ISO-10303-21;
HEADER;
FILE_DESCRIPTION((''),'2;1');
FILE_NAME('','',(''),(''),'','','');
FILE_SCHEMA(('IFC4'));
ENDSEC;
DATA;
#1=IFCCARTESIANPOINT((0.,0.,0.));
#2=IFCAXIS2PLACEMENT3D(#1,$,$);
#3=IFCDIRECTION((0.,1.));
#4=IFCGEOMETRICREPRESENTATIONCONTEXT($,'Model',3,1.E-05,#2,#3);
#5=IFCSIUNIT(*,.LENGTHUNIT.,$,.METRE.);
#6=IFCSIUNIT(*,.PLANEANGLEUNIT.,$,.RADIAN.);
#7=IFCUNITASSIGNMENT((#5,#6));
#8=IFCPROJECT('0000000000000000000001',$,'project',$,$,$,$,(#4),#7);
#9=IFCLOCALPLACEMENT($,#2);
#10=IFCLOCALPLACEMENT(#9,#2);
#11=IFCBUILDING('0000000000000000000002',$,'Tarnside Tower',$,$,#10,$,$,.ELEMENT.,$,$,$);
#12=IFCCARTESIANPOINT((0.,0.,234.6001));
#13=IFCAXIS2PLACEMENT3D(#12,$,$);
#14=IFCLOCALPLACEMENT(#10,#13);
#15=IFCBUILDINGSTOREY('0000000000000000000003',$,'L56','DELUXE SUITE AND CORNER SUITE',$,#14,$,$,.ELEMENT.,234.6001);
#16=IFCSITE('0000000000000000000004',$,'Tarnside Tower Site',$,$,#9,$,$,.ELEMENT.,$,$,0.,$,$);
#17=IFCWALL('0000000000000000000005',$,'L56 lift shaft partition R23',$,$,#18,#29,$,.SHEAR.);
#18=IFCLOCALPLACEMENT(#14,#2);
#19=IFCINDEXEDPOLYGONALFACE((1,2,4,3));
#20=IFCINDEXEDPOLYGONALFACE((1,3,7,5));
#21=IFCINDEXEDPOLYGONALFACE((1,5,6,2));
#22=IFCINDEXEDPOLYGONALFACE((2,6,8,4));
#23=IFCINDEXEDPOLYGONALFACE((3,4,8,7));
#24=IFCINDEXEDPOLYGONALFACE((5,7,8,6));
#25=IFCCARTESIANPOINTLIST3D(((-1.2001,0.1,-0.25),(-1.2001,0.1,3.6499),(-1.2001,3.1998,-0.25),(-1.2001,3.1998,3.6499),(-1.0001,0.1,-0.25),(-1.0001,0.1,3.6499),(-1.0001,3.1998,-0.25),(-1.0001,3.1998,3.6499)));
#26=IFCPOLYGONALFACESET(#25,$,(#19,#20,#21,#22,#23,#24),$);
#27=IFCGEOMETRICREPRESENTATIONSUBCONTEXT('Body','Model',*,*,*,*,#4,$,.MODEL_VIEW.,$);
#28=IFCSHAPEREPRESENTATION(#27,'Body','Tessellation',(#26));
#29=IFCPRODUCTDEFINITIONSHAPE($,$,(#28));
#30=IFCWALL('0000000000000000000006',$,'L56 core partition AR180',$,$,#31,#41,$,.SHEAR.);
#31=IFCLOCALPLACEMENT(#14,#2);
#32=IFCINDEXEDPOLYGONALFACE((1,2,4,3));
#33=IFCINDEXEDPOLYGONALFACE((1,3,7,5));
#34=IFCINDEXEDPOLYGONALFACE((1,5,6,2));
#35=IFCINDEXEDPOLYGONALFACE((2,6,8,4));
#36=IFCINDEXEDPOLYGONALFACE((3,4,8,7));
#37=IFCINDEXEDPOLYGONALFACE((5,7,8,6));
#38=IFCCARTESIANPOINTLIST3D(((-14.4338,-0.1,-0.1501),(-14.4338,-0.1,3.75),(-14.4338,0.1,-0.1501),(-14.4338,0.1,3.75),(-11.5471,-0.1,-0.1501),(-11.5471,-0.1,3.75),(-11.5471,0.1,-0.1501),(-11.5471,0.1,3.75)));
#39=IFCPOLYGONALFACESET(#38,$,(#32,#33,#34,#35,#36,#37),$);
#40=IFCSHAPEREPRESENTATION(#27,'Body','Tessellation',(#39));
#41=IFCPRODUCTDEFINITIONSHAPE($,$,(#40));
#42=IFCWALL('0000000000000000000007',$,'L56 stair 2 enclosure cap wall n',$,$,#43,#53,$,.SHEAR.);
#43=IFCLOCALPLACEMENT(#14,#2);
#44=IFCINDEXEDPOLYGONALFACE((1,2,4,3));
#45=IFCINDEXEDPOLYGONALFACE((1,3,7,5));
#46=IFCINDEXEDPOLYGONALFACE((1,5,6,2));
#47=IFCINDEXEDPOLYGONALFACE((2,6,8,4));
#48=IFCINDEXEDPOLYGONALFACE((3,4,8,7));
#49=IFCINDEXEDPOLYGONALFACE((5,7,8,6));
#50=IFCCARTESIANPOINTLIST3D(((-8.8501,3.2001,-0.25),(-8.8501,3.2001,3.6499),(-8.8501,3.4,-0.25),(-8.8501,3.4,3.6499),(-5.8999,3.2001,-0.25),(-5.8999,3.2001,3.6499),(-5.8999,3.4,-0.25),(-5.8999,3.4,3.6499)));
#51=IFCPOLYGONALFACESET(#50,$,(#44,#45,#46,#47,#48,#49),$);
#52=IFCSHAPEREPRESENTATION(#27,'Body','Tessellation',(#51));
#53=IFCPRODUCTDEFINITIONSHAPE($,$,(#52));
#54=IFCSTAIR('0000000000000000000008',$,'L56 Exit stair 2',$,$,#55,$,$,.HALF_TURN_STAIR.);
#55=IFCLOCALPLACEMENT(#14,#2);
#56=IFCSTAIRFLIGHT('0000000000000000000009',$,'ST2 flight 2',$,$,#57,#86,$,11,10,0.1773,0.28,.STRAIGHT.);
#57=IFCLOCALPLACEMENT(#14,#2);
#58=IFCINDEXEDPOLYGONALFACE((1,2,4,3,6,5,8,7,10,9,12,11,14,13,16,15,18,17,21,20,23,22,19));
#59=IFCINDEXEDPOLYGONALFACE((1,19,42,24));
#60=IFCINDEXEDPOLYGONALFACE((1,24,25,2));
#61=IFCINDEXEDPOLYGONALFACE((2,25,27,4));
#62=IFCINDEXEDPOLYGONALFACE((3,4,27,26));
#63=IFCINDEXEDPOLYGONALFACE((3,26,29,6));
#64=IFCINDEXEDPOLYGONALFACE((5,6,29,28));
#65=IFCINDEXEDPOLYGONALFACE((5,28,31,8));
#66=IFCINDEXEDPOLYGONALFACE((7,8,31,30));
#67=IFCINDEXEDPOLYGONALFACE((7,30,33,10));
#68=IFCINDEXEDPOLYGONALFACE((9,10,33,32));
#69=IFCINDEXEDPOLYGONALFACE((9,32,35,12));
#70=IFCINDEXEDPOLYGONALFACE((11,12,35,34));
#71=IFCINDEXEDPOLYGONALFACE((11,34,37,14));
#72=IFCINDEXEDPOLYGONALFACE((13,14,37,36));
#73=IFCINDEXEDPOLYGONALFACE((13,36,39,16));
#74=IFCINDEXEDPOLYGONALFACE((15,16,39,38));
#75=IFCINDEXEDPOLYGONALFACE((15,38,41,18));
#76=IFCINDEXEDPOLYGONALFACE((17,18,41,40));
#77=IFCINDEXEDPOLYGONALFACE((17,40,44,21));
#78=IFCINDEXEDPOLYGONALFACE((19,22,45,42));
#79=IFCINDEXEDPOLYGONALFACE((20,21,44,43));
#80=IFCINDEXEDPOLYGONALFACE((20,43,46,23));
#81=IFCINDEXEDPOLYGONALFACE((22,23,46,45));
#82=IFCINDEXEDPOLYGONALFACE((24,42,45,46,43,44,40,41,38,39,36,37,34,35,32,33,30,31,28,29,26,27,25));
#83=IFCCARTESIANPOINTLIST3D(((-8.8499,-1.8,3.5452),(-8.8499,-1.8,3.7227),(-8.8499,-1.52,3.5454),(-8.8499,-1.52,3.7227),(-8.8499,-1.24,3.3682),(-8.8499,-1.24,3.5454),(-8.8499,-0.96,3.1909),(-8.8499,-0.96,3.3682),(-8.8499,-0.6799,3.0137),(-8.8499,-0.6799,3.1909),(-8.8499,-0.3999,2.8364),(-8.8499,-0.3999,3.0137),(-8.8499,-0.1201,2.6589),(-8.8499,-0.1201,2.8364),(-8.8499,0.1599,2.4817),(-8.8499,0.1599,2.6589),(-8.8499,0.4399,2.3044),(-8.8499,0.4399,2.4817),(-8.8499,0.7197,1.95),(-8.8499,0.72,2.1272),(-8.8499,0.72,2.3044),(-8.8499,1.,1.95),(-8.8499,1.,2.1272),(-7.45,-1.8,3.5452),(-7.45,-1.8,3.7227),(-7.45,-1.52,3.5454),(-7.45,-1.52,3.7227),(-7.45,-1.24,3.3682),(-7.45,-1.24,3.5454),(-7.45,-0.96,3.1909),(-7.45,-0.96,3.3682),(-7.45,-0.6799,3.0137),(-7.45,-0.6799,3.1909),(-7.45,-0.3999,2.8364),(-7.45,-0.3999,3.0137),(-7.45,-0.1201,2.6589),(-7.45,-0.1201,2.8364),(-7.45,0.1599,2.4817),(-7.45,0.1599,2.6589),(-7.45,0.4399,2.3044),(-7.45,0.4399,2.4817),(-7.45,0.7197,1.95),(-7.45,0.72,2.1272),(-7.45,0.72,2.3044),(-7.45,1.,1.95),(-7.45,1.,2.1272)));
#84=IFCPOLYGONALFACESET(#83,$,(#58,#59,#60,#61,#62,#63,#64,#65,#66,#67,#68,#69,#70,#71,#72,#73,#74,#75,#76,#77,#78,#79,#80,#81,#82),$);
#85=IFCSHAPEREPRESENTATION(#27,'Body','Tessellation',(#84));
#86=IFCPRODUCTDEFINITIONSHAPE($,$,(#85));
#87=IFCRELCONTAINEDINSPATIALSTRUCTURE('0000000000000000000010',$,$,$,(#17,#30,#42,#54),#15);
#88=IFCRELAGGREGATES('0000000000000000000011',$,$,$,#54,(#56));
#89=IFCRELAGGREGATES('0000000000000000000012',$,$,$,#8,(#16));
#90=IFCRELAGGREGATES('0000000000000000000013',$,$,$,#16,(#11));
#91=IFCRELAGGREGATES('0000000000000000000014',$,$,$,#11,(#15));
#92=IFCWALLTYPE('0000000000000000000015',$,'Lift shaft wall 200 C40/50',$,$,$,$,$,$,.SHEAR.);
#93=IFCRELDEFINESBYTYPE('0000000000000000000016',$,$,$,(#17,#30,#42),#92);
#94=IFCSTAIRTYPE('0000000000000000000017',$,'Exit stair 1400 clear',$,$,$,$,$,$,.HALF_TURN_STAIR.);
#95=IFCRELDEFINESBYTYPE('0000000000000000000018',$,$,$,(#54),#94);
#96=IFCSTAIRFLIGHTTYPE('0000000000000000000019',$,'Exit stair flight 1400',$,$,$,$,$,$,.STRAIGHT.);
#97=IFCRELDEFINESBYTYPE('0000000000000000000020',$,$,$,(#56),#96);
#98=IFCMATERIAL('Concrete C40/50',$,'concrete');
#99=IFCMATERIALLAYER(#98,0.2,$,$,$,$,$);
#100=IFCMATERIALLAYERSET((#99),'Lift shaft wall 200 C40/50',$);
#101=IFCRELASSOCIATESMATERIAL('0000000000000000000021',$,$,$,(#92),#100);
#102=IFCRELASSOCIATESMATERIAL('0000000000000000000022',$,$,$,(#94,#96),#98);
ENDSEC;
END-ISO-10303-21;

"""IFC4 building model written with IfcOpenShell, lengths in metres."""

from ifc_helpers import new_model, si_unit, direction, frame, frame_2d, origin, place, context, subcontext, project, spatial, polyline, rectangle, outline, extrude, material, layer, layer_set, type_object, element, aggregate, save


model = new_model("IFC4")

# Units and contexts
model_context = context("Model", 3, precision=1e-05, world=origin(), true_north=direction((0.0, 1.0)))
body_context = subcontext(model_context, "Body", "Model", "MODEL_VIEW")
ifc_project = project(units=[si_unit("LENGTHUNIT", "METRE"), si_unit("PLANEANGLEUNIT", "RADIAN")], contexts=[model_context])

# Site, building, storey
site_placement = place(None, origin())
site = spatial("IfcSite", under=ifc_project, at=site_placement, Name="Tarnside Tower Site", CompositionType="ELEMENT", RefElevation=0.0)
building_placement = place(site_placement, origin())
building = spatial("IfcBuilding", under=site, at=building_placement, Name="Tarnside Tower", CompositionType="ELEMENT")
storey_placement = place(building_placement, frame((0.0, 0.0, 234.6001)))
storey = spatial("IfcBuildingStorey", under=building, at=storey_placement, Name="L56", Description="DELUXE SUITE AND CORNER SUITE", CompositionType="ELEMENT", Elevation=234.6001)

# Shared definitions
ifc_material_1 = material(Name="Concrete C40/50", Category="concrete")
ifc_layer_1 = layer(ifc_material_1, 0.2)
ifc_layer_set_1 = layer_set([ifc_layer_1], Name="Lift shaft wall 200 C40/50")
wall_type_1 = type_object("IfcWallType", Name="Lift shaft wall 200 C40/50", PredefinedType="SHEAR", material=ifc_layer_set_1)

# Walls
for number, where, z_axis, x_axis, name in (
    (1, (-1.1001, 0.1001, -0.25), (0.0, 0.0, 1.0), (0.0, 1.0, 0.0), "L56 lift shaft partition R23"),
):
    element("IfcWall", number, at=place(storey_placement, frame(where, z_axis=z_axis, x_axis=x_axis)), inside=storey, type_object=wall_type_1, Name=name, PredefinedType="SHEAR", context=body_context, shape_type="SweptSolid", body=[
        extrude(rectangle(XDim=3.0999, YDim=0.2, at=frame_2d((1.5498, 0.0))), origin(), (0.0, 0.0, 1.0), 3.8999),
    ])
wall_1_placement = place(storey_placement, frame((-11.5471, 0.0, -0.1501), z_axis=(0.0, 0.0, 1.0), x_axis=(-1.0, 0.0, 0.0)))
element("IfcWall", 2, at=wall_1_placement, inside=storey, type_object=wall_type_1, Name="L56 core partition AR180", PredefinedType="SHEAR", context=body_context, shape_type="SweptSolid", body=[
    extrude(rectangle(XDim=2.8867, YDim=0.2, at=frame_2d((1.4434, 0.0))), origin(), (0.0, 0.0, 1.0), 3.9001),
])
wall_2_placement = place(storey_placement, frame((-8.8501, 3.3, -0.25), z_axis=(0.0, 0.0, 1.0), x_axis=(1.0, 0.0, 0.0)))
element("IfcWall", 3, at=wall_2_placement, inside=storey, type_object=wall_type_1, Name="L56 stair 2 enclosure cap wall n", PredefinedType="SHEAR", context=body_context, shape_type="SweptSolid", body=[
    extrude(rectangle(XDim=2.9502, YDim=0.2, at=frame_2d((1.4751, 0.0))), origin(), (0.0, 0.0, 1.0), 3.8999),
])

# Stair, stair flight
stair_type = type_object("IfcStairType", Name="Exit stair 1400 clear", PredefinedType="HALF_TURN_STAIR", material=ifc_material_1)
stair_placement = place(storey_placement, origin())
stair = element("IfcStair", 4, at=stair_placement, inside=storey, type_object=stair_type, Name="L56 Exit stair 2", PredefinedType="HALF_TURN_STAIR")
stair_flight_type = type_object("IfcStairFlightType", Name="Exit stair flight 1400", PredefinedType="STRAIGHT", material=ifc_material_1)
stair_flight_placement = place(storey_placement, frame((-8.1499, 1.0, 1.95), z_axis=(0.0, 0.0, 1.0), x_axis=(0.0, -1.0, 0.0)))
stair_flight = element("IfcStairFlight", 5, at=stair_flight_placement, type_object=stair_flight_type, Name="ST2 flight 2", NumberOfRisers=11, NumberOfTreads=10, PredefinedType="STRAIGHT", RiserHeight=0.1773, TreadLength=0.28, context=body_context, shape_type="SweptSolid", body=[
    extrude(outline(polyline([(0.0, 0.0), (0.0, 0.1772), (0.28, 0.1772), (0.28, 0.3545), (0.5601, 0.3545), (0.5601, 0.5317), (0.8401, 0.5317), (0.8401, 0.709), (1.1201, 0.709), (1.1201, 0.8865), (1.3999, 0.8865), (1.3999, 1.0637), (1.6799, 1.0637), (1.6799, 1.241), (1.96, 1.241), (1.96, 1.4182), (2.24, 1.4182), (2.24, 1.5955), (2.52, 1.5955), (2.52, 1.7727), (2.8, 1.7727), (2.8, 1.95), (2.8, 1.5952), (0.2803, 0.0), (0.0, 0.0)])), frame((0.0, 0.7, 0.0), z_axis=(0.0, -1.0, 0.0), x_axis=(1.0, 0.0, 0.0)), (0.0, 0.0, 1.0), 1.3999),
])
aggregate(stair, [stair_flight])

save(model, "model.ifc")
